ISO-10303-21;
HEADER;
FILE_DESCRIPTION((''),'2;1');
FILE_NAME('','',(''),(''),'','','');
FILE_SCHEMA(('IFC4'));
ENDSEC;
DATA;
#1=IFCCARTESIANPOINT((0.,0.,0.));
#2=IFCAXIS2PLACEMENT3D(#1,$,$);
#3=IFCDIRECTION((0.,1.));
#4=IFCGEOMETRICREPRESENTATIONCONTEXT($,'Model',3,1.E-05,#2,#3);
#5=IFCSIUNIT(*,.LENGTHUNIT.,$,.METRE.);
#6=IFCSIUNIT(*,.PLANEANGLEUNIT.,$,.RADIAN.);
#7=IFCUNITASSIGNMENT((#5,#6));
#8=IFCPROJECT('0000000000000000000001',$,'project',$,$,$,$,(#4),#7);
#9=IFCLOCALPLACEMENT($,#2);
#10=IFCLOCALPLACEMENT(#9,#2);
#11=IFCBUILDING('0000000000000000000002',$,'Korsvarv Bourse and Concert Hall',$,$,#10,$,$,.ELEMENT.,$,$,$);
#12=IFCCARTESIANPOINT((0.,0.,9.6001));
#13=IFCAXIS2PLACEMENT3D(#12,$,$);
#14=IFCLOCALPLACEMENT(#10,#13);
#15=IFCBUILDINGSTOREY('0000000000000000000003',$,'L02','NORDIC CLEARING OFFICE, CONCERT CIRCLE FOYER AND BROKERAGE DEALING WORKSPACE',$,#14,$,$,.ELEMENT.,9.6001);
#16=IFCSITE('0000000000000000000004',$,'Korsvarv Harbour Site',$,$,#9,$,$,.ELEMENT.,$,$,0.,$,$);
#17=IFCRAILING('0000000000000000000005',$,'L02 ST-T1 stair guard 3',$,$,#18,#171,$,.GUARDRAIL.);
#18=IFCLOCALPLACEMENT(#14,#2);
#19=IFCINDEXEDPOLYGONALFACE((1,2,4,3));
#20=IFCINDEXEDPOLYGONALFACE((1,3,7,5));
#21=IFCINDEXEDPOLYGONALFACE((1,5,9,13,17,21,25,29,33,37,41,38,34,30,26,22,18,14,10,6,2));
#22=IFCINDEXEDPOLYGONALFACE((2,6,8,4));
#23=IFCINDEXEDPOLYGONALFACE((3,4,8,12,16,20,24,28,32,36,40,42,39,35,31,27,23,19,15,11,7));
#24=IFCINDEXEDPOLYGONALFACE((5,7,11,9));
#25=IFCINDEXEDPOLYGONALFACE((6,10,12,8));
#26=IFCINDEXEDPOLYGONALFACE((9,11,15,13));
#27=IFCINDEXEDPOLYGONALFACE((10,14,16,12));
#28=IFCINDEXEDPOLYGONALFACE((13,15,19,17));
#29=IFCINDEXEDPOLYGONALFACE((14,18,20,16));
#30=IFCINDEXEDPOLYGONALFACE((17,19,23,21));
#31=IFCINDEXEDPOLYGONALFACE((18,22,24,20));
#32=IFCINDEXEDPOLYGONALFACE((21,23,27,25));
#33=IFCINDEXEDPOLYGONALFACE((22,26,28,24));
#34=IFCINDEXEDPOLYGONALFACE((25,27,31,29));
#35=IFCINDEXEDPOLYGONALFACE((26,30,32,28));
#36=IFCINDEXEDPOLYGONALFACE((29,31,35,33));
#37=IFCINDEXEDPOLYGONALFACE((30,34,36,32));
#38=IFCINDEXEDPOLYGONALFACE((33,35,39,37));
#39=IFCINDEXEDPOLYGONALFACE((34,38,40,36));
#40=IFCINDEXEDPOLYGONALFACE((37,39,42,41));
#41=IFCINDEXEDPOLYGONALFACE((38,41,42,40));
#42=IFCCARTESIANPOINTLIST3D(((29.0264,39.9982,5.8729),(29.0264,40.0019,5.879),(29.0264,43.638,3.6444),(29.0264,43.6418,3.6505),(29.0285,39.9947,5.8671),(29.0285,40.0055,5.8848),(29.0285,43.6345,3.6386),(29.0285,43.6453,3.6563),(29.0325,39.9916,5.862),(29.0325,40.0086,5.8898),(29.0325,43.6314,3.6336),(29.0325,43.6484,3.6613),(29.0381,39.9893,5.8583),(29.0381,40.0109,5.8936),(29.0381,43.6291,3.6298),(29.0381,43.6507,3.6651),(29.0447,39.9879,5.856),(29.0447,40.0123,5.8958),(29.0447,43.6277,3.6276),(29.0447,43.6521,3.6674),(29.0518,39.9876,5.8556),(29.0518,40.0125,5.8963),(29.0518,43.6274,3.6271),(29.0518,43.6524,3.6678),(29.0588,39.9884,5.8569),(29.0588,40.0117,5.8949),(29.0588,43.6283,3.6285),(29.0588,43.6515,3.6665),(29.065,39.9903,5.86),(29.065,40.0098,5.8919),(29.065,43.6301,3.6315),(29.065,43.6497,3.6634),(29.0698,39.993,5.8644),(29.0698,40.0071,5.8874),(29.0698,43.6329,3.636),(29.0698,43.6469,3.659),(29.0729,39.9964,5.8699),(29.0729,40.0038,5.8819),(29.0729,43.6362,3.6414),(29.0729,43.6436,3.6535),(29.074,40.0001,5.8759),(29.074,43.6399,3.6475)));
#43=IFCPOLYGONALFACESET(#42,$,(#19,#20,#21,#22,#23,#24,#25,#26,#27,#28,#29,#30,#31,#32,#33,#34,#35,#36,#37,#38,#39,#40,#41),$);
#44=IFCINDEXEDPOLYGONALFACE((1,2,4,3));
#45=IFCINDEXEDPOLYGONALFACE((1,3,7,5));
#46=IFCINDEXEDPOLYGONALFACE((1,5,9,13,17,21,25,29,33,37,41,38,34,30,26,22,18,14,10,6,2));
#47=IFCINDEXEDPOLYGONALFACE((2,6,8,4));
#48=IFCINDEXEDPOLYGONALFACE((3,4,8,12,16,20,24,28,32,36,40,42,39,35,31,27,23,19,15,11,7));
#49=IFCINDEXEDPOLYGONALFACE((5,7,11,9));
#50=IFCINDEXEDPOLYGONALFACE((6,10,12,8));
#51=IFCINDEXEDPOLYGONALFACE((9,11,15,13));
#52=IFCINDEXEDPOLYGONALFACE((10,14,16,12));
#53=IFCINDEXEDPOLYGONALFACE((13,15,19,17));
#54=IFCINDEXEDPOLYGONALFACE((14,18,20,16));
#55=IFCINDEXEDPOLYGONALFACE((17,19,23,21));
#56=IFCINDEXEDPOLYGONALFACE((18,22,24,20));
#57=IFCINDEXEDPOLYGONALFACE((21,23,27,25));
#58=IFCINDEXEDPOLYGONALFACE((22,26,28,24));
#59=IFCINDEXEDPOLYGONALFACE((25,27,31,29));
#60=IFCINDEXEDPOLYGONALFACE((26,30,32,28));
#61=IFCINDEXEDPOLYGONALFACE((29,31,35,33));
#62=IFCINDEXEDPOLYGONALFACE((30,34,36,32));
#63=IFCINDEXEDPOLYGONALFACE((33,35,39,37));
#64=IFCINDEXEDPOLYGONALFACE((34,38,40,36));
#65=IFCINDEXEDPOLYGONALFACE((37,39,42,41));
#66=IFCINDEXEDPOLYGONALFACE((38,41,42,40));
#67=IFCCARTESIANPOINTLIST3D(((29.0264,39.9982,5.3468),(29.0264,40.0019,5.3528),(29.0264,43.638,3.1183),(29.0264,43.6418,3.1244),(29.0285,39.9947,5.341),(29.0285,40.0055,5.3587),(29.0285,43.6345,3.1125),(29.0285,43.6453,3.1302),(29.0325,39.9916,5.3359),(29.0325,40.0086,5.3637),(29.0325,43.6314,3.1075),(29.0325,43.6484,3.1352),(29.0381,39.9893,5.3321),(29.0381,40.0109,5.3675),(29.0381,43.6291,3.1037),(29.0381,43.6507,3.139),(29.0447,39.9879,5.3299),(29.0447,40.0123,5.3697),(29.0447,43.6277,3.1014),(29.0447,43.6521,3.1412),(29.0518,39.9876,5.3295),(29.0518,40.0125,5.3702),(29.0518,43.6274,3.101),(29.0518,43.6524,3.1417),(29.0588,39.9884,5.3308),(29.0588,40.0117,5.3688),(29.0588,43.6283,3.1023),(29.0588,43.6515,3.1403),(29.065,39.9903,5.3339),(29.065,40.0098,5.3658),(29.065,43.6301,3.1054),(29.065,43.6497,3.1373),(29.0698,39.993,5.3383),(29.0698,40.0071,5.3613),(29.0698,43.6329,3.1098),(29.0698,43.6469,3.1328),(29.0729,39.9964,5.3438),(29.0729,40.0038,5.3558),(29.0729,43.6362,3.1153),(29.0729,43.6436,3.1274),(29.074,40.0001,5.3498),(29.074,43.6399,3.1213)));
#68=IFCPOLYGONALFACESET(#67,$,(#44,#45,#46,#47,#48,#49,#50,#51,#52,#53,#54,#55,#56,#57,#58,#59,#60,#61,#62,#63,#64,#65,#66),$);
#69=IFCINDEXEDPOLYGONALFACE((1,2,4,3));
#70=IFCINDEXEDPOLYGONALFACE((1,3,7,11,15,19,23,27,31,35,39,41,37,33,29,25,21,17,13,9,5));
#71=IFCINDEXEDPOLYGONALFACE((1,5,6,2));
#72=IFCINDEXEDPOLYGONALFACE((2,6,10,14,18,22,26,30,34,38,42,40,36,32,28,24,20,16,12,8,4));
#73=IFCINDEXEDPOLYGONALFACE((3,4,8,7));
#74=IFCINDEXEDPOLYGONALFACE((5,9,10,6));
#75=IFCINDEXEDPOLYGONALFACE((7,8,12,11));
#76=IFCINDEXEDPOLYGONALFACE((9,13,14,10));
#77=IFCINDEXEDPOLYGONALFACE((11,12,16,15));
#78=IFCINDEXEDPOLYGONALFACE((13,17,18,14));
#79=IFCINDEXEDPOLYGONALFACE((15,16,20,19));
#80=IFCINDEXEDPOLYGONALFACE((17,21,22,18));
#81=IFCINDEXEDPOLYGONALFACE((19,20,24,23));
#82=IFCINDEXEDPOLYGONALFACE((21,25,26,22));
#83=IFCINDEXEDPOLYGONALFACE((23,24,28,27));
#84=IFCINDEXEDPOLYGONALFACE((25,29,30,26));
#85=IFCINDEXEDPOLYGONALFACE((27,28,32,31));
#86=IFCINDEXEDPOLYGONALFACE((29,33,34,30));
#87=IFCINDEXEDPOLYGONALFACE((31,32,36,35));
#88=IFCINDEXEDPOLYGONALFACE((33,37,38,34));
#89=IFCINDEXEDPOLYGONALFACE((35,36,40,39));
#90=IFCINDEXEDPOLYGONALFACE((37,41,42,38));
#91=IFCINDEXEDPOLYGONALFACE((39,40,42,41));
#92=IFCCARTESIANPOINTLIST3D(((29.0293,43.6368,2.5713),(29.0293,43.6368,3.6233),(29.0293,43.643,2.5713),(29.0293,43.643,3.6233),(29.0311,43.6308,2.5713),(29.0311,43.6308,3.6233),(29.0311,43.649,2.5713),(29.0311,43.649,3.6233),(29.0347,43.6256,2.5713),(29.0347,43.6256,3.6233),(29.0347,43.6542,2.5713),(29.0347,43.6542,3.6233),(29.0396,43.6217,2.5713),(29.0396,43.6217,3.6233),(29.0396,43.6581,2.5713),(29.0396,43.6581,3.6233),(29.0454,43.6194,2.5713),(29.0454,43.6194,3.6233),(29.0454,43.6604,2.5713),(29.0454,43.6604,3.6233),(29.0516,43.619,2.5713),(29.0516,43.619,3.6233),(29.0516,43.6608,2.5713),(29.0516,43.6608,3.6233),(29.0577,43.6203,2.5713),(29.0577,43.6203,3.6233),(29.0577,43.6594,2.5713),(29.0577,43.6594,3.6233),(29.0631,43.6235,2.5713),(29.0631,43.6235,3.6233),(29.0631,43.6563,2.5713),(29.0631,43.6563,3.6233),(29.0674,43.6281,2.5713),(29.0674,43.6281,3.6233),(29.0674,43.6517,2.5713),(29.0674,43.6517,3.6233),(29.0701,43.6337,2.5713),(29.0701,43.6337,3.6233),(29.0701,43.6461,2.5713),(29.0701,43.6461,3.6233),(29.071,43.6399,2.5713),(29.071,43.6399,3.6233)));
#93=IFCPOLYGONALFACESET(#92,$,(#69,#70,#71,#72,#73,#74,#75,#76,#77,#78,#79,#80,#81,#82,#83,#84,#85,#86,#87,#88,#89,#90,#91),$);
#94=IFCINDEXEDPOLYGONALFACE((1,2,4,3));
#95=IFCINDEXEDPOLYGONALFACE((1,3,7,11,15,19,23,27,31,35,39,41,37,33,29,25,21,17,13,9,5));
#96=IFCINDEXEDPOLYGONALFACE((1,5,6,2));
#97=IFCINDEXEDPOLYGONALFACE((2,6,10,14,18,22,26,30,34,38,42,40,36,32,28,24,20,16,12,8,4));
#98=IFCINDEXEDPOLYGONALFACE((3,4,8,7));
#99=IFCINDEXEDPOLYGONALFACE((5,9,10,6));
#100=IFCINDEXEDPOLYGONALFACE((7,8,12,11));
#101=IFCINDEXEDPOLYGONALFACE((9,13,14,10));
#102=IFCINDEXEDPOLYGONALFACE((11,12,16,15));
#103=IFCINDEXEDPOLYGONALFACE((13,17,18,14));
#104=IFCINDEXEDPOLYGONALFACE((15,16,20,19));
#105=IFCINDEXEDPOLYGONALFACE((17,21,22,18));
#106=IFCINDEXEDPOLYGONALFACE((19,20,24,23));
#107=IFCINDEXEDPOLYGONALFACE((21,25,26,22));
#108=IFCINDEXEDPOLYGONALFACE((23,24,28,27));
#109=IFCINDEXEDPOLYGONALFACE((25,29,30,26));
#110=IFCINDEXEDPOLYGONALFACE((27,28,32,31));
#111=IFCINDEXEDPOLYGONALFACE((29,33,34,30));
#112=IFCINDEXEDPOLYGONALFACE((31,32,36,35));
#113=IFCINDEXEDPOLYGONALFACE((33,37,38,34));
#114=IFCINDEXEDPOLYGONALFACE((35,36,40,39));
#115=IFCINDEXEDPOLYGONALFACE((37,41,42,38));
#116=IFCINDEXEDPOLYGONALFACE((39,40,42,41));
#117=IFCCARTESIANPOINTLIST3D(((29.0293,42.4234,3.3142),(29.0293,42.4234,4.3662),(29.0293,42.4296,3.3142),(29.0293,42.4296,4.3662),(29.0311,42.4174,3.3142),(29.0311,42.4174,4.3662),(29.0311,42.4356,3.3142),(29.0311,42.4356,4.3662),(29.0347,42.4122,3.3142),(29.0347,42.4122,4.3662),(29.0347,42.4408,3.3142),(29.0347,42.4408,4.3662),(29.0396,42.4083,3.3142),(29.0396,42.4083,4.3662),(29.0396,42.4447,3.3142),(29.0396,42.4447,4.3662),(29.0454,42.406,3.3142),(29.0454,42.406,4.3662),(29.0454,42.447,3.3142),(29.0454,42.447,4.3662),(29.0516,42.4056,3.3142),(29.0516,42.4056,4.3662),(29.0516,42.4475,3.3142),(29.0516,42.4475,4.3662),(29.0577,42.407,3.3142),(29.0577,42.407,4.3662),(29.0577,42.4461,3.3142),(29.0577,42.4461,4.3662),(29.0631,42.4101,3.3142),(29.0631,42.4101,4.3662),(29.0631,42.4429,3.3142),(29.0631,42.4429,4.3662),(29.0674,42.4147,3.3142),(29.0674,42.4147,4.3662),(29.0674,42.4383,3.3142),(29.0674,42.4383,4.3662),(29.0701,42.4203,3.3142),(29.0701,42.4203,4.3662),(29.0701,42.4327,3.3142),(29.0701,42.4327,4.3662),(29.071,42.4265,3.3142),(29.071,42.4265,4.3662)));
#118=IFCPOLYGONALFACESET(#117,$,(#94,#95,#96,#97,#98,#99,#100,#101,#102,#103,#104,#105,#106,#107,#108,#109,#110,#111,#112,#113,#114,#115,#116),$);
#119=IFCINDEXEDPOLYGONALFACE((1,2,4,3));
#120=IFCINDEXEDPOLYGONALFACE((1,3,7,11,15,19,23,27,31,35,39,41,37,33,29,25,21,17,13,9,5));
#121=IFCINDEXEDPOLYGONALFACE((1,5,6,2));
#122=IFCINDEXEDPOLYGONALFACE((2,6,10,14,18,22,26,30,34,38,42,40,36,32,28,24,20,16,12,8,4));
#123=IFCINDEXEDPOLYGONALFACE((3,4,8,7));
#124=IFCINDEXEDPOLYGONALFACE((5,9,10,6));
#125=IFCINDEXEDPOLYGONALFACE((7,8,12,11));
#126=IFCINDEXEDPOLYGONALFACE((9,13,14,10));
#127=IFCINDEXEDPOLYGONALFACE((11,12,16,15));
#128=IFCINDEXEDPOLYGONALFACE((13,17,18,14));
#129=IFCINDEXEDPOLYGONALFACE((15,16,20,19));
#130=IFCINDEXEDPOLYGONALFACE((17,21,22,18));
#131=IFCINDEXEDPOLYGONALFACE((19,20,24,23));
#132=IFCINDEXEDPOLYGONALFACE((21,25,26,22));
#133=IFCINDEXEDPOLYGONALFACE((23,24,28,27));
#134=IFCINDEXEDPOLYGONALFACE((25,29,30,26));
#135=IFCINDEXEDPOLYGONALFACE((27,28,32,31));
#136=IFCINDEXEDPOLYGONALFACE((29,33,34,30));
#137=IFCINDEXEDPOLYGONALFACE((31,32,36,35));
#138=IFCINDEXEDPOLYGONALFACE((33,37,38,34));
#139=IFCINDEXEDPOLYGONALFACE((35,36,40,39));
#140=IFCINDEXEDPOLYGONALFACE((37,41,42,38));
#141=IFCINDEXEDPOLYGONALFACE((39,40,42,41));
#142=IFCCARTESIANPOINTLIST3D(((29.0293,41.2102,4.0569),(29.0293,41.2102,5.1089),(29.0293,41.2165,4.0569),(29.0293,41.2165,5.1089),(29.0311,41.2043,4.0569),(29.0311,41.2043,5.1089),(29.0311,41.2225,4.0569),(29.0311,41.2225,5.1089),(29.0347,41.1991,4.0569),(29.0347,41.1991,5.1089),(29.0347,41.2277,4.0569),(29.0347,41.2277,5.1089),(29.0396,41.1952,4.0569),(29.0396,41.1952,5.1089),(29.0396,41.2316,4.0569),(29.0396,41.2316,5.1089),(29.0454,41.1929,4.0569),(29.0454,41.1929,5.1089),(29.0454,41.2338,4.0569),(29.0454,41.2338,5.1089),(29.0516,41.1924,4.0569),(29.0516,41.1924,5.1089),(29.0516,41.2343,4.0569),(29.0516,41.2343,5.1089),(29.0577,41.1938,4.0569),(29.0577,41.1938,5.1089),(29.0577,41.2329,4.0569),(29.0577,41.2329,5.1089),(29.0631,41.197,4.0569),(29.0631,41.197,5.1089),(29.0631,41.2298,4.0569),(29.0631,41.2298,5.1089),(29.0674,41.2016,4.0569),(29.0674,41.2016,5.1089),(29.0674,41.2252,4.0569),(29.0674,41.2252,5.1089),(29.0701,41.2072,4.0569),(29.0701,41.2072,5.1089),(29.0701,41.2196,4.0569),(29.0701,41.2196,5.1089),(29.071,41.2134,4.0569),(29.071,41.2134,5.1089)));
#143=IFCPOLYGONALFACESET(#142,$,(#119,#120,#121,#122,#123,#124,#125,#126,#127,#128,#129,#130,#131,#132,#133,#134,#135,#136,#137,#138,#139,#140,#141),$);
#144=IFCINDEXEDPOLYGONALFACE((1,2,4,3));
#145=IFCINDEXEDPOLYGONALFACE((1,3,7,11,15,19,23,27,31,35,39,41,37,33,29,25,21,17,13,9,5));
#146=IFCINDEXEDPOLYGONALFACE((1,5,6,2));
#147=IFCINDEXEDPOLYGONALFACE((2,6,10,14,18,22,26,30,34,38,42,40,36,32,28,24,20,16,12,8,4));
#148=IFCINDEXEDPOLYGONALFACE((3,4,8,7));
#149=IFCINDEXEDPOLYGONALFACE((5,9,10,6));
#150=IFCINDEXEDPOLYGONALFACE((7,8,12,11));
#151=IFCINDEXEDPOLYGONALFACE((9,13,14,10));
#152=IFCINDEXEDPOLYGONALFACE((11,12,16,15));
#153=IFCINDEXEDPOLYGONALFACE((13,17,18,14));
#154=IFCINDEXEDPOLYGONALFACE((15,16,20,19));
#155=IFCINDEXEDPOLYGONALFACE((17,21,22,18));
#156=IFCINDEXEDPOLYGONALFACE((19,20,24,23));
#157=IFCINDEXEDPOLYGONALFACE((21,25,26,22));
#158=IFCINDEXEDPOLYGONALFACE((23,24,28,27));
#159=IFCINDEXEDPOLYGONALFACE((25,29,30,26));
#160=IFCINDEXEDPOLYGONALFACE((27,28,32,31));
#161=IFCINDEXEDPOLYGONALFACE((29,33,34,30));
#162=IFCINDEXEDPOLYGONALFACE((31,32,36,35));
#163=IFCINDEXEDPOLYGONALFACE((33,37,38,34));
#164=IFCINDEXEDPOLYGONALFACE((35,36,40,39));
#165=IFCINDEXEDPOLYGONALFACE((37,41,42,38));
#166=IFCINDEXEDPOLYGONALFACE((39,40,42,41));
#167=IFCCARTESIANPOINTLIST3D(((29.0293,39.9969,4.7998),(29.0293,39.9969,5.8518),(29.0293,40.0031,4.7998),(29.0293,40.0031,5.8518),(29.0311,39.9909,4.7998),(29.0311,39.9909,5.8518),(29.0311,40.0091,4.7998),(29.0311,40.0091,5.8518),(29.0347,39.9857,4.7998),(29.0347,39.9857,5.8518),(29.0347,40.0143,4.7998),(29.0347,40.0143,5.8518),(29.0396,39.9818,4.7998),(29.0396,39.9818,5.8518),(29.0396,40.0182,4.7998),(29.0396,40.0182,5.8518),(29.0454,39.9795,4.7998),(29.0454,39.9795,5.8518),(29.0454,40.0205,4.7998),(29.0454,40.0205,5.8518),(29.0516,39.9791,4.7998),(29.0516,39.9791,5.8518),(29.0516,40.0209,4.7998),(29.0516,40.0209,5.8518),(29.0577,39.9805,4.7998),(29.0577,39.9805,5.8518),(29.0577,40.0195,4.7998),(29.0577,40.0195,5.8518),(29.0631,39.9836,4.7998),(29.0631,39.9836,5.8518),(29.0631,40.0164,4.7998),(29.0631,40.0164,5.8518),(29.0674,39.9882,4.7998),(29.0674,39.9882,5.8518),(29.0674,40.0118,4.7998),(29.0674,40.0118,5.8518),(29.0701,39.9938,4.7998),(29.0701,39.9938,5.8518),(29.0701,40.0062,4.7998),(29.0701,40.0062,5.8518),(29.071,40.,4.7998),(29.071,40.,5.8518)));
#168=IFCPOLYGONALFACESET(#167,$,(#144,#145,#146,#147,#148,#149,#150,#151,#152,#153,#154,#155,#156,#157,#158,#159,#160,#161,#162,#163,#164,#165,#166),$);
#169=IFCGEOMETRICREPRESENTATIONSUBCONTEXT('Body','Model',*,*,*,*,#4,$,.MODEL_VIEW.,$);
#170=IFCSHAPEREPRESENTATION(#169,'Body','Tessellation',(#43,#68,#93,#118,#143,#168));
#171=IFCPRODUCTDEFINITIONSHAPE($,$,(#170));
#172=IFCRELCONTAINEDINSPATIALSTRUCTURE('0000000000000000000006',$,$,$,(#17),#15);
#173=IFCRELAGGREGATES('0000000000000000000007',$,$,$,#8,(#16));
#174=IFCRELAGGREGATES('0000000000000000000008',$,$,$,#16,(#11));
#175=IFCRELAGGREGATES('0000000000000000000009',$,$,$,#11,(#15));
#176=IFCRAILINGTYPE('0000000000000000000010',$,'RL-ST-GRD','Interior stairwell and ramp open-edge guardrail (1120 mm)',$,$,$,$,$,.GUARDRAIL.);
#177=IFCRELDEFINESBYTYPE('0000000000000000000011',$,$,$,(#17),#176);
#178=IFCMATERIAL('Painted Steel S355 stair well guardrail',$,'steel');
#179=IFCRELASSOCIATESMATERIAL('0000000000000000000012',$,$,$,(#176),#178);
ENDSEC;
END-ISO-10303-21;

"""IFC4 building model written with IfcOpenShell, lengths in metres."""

from ifc_helpers import new_model, si_unit, direction, frame, origin, origin_2d, place, context, subcontext, project, spatial, circle, extrude, material, type_object, element, save


model = new_model("IFC4")

# Units and contexts
model_context = context("Model", 3, precision=1e-05, world=origin(), true_north=direction((0.0, 1.0)))
body_context = subcontext(model_context, "Body", "Model", "MODEL_VIEW")
ifc_project = project(units=[si_unit("LENGTHUNIT", "METRE"), si_unit("PLANEANGLEUNIT", "RADIAN")], contexts=[model_context])

# Site, building, storey
site_placement = place(None, origin())
site = spatial("IfcSite", under=ifc_project, at=site_placement, Name="Korsvarv Harbour Site", CompositionType="ELEMENT", RefElevation=0.0)
building_placement = place(site_placement, origin())
building = spatial("IfcBuilding", under=site, at=building_placement, Name="Korsvarv Bourse and Concert Hall", CompositionType="ELEMENT")
storey_placement = place(building_placement, frame((0.0, 0.0, 9.6001)))
storey = spatial("IfcBuildingStorey", under=building, at=storey_placement, Name="L02", Description="NORDIC CLEARING OFFICE, CONCERT CIRCLE FOYER AND BROKERAGE DEALING WORKSPACE", CompositionType="ELEMENT", Elevation=9.6001)

# Railing
ifc_material_1 = material(Name="Painted Steel S355 stair well guardrail", Category="steel")
railing_type_1 = type_object("IfcRailingType", Name="RL-ST-GRD", Description="Interior stairwell and ramp open-edge guardrail (1120 mm)", PredefinedType="GUARDRAIL", material=ifc_material_1)
railing_1_placement = place(storey_placement, frame((29.05, 43.6399, 2.5713)))
element("IfcRailing", 1, at=railing_1_placement, inside=storey, type_object=railing_type_1, Name="L02 ST-T1 stair guard 3", PredefinedType="GUARDRAIL", context=body_context, shape_type="SweptSolid", body=[
    extrude(circle(Radius=0.0239, at=origin_2d()), frame((0.0, 0.0, 1.0762), z_axis=(0.0, -0.85285, 0.522156), x_axis=(1.0, 0.0, 0.0)), (0.0, 0.0, 1.0), 4.2678),
    extrude(circle(Radius=0.0239, at=origin_2d()), frame((0.0, 0.0, 0.55), z_axis=(0.0, -0.85285, 0.522156), x_axis=(1.0, 0.0, 0.0)), (0.0, 0.0, 1.0), 4.2678),
    extrude(circle(Radius=0.021, at=origin_2d()), origin(), (0.0, 0.0, 1.0), 1.052),
    extrude(circle(Radius=0.021, at=origin_2d()), frame((0.0, -1.2134, 0.7429)), (0.0, 0.0, 1.0), 1.052),
    extrude(circle(Radius=0.021, at=origin_2d()), frame((0.0, -2.4265, 1.4856)), (0.0, 0.0, 1.0), 1.052),
    extrude(circle(Radius=0.021, at=origin_2d()), frame((0.0, -3.6399, 2.2285)), (0.0, 0.0, 1.0), 1.052),
])

save(model, "model.ifc")
